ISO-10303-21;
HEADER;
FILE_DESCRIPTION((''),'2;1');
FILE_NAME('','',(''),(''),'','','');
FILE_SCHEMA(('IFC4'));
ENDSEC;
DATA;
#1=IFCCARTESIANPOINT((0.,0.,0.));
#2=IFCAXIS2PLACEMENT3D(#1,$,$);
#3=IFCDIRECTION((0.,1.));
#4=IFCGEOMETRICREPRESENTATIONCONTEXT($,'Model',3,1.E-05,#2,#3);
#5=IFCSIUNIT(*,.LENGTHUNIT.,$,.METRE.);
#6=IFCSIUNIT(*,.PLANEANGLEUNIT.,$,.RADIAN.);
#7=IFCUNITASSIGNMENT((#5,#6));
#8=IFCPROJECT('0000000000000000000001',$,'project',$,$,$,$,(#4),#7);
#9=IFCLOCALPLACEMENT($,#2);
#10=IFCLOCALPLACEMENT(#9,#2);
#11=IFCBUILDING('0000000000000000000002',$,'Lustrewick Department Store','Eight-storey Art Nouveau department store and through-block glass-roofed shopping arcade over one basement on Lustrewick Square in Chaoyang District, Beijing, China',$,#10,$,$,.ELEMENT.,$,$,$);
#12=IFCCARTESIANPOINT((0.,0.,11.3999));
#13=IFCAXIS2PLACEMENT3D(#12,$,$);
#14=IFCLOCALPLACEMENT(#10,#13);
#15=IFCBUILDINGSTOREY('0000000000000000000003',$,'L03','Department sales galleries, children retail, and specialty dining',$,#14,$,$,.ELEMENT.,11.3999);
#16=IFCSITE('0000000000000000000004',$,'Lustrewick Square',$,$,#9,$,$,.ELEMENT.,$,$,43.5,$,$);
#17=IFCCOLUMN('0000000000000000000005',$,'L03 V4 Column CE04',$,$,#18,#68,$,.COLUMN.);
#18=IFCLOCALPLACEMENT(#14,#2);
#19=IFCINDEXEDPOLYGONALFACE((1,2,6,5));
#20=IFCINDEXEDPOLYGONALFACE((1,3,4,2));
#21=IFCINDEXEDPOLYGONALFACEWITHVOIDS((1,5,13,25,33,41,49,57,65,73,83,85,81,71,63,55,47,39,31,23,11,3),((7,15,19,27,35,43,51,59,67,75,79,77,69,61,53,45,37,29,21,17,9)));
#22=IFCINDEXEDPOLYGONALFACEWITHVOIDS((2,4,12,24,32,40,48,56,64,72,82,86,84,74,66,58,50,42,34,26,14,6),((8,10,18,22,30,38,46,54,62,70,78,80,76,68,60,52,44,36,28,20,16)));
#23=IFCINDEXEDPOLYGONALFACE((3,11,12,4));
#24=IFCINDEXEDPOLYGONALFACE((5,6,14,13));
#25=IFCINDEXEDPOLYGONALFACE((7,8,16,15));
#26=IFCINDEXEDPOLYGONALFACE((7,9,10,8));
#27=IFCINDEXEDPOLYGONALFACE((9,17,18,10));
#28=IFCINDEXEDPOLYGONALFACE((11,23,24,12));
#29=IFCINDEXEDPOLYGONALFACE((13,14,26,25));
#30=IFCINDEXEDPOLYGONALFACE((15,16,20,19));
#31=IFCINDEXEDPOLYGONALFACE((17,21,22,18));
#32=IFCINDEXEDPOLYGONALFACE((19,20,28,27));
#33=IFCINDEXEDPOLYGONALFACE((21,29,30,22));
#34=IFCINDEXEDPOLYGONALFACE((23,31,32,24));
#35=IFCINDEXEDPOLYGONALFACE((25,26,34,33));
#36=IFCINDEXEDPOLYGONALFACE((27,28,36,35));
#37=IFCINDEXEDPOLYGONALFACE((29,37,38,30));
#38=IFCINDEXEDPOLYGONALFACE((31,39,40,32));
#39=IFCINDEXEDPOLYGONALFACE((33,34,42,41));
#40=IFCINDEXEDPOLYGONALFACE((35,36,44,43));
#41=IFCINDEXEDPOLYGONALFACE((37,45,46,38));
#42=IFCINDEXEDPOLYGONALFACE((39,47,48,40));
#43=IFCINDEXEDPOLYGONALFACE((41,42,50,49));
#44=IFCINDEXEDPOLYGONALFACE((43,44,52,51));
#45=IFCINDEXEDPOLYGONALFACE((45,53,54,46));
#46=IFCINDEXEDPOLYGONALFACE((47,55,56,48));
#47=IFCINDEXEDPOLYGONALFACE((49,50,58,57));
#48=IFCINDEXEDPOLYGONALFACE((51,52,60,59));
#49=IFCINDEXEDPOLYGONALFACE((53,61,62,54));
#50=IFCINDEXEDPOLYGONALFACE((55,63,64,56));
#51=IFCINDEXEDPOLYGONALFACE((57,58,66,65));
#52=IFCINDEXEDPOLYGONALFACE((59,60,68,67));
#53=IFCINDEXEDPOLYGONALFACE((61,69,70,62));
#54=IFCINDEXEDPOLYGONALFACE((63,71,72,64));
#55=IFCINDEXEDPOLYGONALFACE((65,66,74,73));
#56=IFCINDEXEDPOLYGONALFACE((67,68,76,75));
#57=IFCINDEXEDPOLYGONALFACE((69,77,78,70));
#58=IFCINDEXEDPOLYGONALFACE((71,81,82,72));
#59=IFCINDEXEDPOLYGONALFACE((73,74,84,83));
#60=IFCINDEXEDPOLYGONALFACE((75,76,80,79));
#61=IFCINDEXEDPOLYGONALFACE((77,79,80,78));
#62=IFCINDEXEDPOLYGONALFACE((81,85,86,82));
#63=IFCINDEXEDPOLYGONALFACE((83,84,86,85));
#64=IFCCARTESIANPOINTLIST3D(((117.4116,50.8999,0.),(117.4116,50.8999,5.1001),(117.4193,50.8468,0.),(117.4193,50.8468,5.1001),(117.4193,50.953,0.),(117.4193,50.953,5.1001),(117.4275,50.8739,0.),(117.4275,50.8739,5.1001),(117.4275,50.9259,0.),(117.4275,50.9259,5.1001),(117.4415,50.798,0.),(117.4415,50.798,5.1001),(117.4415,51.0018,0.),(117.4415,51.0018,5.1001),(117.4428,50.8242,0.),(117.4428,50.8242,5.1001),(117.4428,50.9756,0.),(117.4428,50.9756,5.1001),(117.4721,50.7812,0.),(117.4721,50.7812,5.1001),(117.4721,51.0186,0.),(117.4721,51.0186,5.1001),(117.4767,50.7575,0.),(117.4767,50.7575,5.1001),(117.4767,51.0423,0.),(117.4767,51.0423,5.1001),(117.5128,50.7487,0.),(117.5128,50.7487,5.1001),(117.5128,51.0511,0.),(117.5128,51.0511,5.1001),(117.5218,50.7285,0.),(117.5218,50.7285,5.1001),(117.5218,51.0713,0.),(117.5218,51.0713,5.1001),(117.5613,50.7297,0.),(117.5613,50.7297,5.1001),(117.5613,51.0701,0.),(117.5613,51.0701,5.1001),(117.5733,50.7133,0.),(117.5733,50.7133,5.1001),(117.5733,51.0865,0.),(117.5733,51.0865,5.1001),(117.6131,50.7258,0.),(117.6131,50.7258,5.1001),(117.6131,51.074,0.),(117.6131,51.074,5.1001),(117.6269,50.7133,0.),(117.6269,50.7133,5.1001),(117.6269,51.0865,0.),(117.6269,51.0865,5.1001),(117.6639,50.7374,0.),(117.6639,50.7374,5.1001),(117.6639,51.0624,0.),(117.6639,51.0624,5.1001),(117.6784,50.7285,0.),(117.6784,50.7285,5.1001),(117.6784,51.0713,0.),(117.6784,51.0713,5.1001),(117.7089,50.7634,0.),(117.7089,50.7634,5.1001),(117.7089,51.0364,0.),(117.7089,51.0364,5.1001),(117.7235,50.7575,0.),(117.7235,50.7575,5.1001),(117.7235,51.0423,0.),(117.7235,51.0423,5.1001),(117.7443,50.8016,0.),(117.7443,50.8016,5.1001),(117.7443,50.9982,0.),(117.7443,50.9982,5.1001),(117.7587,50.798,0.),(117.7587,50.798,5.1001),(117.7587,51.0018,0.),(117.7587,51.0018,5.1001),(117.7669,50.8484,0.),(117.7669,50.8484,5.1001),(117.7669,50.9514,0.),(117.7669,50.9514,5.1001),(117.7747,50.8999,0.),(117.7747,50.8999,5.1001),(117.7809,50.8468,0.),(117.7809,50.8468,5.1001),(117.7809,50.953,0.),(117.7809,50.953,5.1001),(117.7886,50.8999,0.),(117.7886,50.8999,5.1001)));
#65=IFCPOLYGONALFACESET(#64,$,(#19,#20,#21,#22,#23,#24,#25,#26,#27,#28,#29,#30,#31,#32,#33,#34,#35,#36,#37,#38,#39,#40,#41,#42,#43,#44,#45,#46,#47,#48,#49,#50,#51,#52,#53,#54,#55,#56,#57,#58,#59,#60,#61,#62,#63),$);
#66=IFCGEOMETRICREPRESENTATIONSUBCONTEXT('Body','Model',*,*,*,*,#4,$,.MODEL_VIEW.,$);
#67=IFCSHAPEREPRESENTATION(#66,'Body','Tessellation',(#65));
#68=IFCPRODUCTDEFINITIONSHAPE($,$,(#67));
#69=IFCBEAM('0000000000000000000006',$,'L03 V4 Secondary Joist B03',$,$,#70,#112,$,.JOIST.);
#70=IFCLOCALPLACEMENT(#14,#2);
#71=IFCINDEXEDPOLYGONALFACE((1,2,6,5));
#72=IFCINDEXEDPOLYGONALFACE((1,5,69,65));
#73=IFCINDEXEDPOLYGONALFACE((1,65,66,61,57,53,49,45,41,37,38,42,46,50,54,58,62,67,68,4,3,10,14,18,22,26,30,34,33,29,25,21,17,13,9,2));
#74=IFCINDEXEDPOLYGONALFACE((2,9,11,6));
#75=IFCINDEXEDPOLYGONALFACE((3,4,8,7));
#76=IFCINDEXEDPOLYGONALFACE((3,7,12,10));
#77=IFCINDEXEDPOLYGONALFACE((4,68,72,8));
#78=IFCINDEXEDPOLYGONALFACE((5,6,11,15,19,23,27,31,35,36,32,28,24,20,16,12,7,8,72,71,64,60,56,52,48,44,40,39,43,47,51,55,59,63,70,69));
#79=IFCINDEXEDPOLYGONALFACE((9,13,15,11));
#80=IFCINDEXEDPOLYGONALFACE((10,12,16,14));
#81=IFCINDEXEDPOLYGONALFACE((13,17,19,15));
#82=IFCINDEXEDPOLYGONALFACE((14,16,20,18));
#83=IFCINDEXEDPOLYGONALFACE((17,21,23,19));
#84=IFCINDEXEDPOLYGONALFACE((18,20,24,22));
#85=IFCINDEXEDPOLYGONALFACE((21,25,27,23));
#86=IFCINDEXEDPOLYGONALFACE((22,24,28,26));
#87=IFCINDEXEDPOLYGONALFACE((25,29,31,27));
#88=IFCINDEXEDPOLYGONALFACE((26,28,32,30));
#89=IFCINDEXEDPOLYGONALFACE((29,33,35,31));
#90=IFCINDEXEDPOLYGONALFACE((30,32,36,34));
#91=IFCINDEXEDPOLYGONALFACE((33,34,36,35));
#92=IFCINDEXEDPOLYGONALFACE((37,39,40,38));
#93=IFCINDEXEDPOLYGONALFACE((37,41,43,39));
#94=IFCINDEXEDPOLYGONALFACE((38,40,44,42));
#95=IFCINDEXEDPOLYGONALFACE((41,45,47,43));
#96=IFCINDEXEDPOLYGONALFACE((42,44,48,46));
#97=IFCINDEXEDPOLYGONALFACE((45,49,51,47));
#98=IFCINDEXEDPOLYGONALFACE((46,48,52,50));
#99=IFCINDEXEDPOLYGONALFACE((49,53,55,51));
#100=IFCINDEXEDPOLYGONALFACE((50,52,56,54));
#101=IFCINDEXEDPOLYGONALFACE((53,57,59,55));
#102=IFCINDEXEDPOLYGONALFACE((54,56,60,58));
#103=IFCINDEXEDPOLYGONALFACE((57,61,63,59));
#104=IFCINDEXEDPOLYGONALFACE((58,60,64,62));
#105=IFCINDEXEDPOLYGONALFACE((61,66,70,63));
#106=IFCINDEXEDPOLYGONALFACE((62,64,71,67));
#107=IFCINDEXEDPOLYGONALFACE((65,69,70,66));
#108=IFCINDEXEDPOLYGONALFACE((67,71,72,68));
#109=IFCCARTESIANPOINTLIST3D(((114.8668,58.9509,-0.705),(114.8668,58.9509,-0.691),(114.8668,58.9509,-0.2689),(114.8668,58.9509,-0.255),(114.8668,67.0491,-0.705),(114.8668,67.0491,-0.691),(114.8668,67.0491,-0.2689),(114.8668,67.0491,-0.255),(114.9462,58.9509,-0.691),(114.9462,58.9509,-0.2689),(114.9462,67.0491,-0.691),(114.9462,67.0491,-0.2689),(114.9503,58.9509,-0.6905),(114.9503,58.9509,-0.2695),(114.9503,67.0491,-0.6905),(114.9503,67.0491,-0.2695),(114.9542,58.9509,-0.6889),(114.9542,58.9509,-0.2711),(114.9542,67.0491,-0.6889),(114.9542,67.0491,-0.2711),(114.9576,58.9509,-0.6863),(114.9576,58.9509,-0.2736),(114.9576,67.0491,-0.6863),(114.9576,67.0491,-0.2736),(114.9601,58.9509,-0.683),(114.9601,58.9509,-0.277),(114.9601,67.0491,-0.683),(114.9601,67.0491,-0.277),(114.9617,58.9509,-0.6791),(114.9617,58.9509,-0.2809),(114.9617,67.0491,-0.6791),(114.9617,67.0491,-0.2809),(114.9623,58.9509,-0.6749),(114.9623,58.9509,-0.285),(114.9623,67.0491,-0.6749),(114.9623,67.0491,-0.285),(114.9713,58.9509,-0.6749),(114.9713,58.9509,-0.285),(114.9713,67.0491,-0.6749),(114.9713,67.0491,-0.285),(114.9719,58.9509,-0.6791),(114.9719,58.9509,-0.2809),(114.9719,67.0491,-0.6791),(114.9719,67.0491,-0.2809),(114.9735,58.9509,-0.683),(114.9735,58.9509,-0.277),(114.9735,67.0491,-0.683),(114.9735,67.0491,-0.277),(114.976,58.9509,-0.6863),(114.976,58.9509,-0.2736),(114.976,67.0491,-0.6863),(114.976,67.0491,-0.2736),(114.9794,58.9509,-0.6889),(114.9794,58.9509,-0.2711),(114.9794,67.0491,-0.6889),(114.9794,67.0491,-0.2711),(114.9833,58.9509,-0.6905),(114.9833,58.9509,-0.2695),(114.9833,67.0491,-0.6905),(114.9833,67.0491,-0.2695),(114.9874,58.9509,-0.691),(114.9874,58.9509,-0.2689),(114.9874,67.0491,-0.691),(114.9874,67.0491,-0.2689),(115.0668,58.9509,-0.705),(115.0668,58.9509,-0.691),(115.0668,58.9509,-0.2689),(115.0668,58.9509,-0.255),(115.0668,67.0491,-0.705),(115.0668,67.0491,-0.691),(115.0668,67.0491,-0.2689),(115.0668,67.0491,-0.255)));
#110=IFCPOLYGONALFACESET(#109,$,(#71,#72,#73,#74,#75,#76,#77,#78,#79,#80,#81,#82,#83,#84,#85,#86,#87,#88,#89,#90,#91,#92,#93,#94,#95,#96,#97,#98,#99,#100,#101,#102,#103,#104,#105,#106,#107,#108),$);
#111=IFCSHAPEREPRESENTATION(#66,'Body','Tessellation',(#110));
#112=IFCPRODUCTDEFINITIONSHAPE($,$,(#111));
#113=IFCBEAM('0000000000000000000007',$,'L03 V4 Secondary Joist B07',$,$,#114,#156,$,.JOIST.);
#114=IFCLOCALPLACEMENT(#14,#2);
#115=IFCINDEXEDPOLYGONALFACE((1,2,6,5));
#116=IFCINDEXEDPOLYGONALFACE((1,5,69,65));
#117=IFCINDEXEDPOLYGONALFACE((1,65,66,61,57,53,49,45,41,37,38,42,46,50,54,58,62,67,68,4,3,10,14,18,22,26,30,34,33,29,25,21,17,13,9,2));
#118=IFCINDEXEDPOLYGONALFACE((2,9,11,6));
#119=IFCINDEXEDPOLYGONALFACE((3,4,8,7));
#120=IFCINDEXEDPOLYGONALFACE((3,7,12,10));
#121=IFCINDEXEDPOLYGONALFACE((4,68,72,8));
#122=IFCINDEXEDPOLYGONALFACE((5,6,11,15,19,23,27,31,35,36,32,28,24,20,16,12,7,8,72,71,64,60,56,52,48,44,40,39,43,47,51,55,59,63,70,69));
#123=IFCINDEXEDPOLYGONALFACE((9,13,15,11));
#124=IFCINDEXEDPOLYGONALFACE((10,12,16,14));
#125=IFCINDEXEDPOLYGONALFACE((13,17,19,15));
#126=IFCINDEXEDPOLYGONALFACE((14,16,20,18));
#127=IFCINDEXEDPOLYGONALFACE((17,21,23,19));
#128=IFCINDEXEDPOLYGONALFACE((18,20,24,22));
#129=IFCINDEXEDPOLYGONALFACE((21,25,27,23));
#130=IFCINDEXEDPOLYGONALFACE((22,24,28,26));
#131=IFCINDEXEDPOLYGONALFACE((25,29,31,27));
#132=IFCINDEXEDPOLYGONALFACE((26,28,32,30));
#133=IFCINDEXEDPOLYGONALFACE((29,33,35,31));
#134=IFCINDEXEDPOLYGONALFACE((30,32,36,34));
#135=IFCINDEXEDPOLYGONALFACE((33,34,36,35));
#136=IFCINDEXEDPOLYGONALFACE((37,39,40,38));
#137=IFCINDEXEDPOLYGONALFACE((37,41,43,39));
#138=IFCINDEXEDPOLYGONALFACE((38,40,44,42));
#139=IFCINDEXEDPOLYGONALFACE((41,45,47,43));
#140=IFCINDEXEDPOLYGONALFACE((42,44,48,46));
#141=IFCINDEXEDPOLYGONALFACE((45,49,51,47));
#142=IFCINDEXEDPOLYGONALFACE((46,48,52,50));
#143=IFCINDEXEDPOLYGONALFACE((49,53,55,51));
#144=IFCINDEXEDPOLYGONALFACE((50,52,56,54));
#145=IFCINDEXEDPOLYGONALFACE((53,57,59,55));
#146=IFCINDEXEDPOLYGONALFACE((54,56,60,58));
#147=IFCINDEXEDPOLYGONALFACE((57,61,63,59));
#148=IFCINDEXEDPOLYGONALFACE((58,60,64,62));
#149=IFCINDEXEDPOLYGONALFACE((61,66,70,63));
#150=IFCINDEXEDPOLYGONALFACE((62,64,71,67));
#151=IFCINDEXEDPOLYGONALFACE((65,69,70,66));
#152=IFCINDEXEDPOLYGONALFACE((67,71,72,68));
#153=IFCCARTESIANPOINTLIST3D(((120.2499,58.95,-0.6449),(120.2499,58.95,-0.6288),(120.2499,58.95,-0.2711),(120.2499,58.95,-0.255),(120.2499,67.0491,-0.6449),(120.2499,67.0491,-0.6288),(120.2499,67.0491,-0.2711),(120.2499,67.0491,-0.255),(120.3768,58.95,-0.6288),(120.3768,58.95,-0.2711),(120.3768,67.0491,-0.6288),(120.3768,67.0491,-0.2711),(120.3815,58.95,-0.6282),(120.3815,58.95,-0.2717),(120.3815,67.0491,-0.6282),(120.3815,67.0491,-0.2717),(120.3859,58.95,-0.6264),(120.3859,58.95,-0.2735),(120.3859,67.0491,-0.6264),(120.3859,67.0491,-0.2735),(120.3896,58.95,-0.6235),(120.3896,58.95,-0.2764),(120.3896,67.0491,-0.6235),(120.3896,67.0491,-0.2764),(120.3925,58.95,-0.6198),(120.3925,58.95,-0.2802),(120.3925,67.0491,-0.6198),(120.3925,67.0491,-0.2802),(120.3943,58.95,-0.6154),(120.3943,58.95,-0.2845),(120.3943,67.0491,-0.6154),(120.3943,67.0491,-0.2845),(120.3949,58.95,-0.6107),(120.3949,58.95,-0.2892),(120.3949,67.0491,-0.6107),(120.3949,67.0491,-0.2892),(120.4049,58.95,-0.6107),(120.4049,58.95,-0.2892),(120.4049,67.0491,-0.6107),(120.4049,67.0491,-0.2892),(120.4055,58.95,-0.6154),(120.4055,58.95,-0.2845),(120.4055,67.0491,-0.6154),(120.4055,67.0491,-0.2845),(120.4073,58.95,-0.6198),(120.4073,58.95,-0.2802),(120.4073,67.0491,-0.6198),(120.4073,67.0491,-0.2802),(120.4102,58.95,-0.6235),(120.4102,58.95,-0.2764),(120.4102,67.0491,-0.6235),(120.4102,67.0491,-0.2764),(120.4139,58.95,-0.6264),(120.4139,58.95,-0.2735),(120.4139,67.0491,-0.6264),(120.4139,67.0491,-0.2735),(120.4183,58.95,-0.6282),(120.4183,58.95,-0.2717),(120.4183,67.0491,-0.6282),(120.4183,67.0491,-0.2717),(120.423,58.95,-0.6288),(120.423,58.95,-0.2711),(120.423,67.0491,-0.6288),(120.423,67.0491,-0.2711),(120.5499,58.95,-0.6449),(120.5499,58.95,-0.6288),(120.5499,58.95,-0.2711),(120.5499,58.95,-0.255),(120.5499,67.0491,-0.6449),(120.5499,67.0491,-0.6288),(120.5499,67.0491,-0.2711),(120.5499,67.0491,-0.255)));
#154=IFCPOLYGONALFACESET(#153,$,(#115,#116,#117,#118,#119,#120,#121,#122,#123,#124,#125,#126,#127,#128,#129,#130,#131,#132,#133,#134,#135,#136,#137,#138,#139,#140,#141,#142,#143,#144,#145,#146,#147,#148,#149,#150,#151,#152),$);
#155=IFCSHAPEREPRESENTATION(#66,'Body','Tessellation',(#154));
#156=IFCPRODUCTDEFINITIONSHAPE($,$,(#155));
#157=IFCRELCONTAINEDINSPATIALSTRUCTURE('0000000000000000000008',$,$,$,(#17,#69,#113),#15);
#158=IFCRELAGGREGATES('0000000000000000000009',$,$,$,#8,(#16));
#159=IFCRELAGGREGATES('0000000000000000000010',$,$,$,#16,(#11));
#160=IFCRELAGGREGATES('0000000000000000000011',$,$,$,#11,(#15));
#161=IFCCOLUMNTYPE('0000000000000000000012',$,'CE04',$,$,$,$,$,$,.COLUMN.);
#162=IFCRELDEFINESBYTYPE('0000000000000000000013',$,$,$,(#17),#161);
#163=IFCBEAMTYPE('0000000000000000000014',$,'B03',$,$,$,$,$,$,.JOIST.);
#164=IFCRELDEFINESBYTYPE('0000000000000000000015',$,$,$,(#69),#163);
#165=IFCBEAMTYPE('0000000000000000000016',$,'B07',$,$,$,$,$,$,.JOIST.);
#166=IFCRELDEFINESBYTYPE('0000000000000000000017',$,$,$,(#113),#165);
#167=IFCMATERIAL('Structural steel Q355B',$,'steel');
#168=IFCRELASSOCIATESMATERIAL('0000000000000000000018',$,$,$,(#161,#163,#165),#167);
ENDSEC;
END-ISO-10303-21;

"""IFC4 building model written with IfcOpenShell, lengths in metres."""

from ifc_helpers import new_model, si_unit, direction, frame, origin, origin_2d, place, context, subcontext, project, spatial, hollow_circle, i_section, extrude, material, material_profile, profile_set, type_object, element, save


model = new_model("IFC4")

# Units and contexts
model_context = context("Model", 3, precision=1e-05, world=origin(), true_north=direction((0.0, 1.0)))
body_context = subcontext(model_context, "Body", "Model", "MODEL_VIEW")
ifc_project = project(units=[si_unit("LENGTHUNIT", "METRE"), si_unit("PLANEANGLEUNIT", "RADIAN")], contexts=[model_context])

# Site, building, storey
site_placement = place(None, origin())
site = spatial("IfcSite", under=ifc_project, at=site_placement, Name="Lustrewick Square", CompositionType="ELEMENT", RefElevation=43.5)
building_placement = place(site_placement, origin())
building = spatial("IfcBuilding", under=site, at=building_placement, Name="Lustrewick Department Store", Description="Eight-storey Art Nouveau department store and through-block glass-roofed shopping arcade over one basement on Lustrewick Square in Chaoyang District, Beijing, China", CompositionType="ELEMENT")
storey_placement = place(building_placement, frame((0.0, 0.0, 11.3999)))
storey = spatial("IfcBuildingStorey", under=building, at=storey_placement, Name="L03", Description="Department sales galleries, children retail, and specialty dining", CompositionType="ELEMENT", Elevation=11.3999)

# Column
ifc_material_1 = material(Name="Structural steel Q355B", Category="steel")
ifc_material_profile_1 = material_profile(ifc_material_1, hollow_circle(Radius=0.1885, WallThickness=0.0139, at=origin_2d()), Name="CHS 377x14")
ifc_profile_set_1 = profile_set([ifc_material_profile_1], Name="Structural steel Q355B")
column_type_1 = type_object("IfcColumnType", Name="CE04", PredefinedType="COLUMN", material=ifc_profile_set_1)
column_1_placement = place(storey_placement, frame((117.6001, 50.8999, 0.0), z_axis=(0.0, 0.0, 1.0), x_axis=(1.0, 0.0, 0.0)))
element("IfcColumn", 1, at=column_1_placement, inside=storey, type_object=column_type_1, Name="L03 V4 Column CE04", PredefinedType="COLUMN", context=body_context, shape_type="SweptSolid", body=[
    extrude(hollow_circle(Radius=0.1885, WallThickness=0.0139, at=origin_2d()), origin(), (0.0, 0.0, 1.0), 5.1001),
])

# Beams
ifc_material_profile_2 = material_profile(ifc_material_1, i_section(OverallWidth=0.2, OverallDepth=0.45, WebThickness=0.009, FlangeThickness=0.0139, FilletRadius=0.0161, at=origin_2d()), Name="HN 450x200x9x14")
ifc_profile_set_2 = profile_set([ifc_material_profile_2], Name="Structural steel Q355B")
beam_type_1 = type_object("IfcBeamType", Name="B03", PredefinedType="JOIST", material=ifc_profile_set_2)
beam_1_placement = place(storey_placement, frame((114.9668, 58.9509, -0.48), z_axis=(0.0, 1.0, 0.0), x_axis=(-1.0, 0.0, 0.0)))
element("IfcBeam", 2, at=beam_1_placement, inside=storey, type_object=beam_type_1, Name="L03 V4 Secondary Joist B03", PredefinedType="JOIST", context=body_context, shape_type="SweptSolid", body=[
    extrude(i_section(OverallWidth=0.2, OverallDepth=0.45, WebThickness=0.009, FlangeThickness=0.0139, FilletRadius=0.0161, at=origin_2d()), origin(), (0.0, 0.0, 1.0), 8.0981),
])
ifc_material_profile_3 = material_profile(ifc_material_1, i_section(OverallWidth=0.3, OverallDepth=0.3899, WebThickness=0.01, FlangeThickness=0.0161, FilletRadius=0.0181, at=origin_2d()), Name="HM 390x300x10x16")
ifc_profile_set_3 = profile_set([ifc_material_profile_3], Name="Structural steel Q355B")
beam_type_2 = type_object("IfcBeamType", Name="B07", PredefinedType="JOIST", material=ifc_profile_set_3)
beam_2_placement = place(storey_placement, frame((120.3999, 58.95, -0.45), z_axis=(0.0, 1.0, 0.0), x_axis=(-1.0, 0.0, 0.0)))
element("IfcBeam", 3, at=beam_2_placement, inside=storey, type_object=beam_type_2, Name="L03 V4 Secondary Joist B07", PredefinedType="JOIST", context=body_context, shape_type="SweptSolid", body=[
    extrude(i_section(OverallWidth=0.3, OverallDepth=0.3899, WebThickness=0.01, FlangeThickness=0.0161, FilletRadius=0.0181, at=origin_2d()), origin(), (0.0, 0.0, 1.0), 8.0991),
])

save(model, "model.ifc")
